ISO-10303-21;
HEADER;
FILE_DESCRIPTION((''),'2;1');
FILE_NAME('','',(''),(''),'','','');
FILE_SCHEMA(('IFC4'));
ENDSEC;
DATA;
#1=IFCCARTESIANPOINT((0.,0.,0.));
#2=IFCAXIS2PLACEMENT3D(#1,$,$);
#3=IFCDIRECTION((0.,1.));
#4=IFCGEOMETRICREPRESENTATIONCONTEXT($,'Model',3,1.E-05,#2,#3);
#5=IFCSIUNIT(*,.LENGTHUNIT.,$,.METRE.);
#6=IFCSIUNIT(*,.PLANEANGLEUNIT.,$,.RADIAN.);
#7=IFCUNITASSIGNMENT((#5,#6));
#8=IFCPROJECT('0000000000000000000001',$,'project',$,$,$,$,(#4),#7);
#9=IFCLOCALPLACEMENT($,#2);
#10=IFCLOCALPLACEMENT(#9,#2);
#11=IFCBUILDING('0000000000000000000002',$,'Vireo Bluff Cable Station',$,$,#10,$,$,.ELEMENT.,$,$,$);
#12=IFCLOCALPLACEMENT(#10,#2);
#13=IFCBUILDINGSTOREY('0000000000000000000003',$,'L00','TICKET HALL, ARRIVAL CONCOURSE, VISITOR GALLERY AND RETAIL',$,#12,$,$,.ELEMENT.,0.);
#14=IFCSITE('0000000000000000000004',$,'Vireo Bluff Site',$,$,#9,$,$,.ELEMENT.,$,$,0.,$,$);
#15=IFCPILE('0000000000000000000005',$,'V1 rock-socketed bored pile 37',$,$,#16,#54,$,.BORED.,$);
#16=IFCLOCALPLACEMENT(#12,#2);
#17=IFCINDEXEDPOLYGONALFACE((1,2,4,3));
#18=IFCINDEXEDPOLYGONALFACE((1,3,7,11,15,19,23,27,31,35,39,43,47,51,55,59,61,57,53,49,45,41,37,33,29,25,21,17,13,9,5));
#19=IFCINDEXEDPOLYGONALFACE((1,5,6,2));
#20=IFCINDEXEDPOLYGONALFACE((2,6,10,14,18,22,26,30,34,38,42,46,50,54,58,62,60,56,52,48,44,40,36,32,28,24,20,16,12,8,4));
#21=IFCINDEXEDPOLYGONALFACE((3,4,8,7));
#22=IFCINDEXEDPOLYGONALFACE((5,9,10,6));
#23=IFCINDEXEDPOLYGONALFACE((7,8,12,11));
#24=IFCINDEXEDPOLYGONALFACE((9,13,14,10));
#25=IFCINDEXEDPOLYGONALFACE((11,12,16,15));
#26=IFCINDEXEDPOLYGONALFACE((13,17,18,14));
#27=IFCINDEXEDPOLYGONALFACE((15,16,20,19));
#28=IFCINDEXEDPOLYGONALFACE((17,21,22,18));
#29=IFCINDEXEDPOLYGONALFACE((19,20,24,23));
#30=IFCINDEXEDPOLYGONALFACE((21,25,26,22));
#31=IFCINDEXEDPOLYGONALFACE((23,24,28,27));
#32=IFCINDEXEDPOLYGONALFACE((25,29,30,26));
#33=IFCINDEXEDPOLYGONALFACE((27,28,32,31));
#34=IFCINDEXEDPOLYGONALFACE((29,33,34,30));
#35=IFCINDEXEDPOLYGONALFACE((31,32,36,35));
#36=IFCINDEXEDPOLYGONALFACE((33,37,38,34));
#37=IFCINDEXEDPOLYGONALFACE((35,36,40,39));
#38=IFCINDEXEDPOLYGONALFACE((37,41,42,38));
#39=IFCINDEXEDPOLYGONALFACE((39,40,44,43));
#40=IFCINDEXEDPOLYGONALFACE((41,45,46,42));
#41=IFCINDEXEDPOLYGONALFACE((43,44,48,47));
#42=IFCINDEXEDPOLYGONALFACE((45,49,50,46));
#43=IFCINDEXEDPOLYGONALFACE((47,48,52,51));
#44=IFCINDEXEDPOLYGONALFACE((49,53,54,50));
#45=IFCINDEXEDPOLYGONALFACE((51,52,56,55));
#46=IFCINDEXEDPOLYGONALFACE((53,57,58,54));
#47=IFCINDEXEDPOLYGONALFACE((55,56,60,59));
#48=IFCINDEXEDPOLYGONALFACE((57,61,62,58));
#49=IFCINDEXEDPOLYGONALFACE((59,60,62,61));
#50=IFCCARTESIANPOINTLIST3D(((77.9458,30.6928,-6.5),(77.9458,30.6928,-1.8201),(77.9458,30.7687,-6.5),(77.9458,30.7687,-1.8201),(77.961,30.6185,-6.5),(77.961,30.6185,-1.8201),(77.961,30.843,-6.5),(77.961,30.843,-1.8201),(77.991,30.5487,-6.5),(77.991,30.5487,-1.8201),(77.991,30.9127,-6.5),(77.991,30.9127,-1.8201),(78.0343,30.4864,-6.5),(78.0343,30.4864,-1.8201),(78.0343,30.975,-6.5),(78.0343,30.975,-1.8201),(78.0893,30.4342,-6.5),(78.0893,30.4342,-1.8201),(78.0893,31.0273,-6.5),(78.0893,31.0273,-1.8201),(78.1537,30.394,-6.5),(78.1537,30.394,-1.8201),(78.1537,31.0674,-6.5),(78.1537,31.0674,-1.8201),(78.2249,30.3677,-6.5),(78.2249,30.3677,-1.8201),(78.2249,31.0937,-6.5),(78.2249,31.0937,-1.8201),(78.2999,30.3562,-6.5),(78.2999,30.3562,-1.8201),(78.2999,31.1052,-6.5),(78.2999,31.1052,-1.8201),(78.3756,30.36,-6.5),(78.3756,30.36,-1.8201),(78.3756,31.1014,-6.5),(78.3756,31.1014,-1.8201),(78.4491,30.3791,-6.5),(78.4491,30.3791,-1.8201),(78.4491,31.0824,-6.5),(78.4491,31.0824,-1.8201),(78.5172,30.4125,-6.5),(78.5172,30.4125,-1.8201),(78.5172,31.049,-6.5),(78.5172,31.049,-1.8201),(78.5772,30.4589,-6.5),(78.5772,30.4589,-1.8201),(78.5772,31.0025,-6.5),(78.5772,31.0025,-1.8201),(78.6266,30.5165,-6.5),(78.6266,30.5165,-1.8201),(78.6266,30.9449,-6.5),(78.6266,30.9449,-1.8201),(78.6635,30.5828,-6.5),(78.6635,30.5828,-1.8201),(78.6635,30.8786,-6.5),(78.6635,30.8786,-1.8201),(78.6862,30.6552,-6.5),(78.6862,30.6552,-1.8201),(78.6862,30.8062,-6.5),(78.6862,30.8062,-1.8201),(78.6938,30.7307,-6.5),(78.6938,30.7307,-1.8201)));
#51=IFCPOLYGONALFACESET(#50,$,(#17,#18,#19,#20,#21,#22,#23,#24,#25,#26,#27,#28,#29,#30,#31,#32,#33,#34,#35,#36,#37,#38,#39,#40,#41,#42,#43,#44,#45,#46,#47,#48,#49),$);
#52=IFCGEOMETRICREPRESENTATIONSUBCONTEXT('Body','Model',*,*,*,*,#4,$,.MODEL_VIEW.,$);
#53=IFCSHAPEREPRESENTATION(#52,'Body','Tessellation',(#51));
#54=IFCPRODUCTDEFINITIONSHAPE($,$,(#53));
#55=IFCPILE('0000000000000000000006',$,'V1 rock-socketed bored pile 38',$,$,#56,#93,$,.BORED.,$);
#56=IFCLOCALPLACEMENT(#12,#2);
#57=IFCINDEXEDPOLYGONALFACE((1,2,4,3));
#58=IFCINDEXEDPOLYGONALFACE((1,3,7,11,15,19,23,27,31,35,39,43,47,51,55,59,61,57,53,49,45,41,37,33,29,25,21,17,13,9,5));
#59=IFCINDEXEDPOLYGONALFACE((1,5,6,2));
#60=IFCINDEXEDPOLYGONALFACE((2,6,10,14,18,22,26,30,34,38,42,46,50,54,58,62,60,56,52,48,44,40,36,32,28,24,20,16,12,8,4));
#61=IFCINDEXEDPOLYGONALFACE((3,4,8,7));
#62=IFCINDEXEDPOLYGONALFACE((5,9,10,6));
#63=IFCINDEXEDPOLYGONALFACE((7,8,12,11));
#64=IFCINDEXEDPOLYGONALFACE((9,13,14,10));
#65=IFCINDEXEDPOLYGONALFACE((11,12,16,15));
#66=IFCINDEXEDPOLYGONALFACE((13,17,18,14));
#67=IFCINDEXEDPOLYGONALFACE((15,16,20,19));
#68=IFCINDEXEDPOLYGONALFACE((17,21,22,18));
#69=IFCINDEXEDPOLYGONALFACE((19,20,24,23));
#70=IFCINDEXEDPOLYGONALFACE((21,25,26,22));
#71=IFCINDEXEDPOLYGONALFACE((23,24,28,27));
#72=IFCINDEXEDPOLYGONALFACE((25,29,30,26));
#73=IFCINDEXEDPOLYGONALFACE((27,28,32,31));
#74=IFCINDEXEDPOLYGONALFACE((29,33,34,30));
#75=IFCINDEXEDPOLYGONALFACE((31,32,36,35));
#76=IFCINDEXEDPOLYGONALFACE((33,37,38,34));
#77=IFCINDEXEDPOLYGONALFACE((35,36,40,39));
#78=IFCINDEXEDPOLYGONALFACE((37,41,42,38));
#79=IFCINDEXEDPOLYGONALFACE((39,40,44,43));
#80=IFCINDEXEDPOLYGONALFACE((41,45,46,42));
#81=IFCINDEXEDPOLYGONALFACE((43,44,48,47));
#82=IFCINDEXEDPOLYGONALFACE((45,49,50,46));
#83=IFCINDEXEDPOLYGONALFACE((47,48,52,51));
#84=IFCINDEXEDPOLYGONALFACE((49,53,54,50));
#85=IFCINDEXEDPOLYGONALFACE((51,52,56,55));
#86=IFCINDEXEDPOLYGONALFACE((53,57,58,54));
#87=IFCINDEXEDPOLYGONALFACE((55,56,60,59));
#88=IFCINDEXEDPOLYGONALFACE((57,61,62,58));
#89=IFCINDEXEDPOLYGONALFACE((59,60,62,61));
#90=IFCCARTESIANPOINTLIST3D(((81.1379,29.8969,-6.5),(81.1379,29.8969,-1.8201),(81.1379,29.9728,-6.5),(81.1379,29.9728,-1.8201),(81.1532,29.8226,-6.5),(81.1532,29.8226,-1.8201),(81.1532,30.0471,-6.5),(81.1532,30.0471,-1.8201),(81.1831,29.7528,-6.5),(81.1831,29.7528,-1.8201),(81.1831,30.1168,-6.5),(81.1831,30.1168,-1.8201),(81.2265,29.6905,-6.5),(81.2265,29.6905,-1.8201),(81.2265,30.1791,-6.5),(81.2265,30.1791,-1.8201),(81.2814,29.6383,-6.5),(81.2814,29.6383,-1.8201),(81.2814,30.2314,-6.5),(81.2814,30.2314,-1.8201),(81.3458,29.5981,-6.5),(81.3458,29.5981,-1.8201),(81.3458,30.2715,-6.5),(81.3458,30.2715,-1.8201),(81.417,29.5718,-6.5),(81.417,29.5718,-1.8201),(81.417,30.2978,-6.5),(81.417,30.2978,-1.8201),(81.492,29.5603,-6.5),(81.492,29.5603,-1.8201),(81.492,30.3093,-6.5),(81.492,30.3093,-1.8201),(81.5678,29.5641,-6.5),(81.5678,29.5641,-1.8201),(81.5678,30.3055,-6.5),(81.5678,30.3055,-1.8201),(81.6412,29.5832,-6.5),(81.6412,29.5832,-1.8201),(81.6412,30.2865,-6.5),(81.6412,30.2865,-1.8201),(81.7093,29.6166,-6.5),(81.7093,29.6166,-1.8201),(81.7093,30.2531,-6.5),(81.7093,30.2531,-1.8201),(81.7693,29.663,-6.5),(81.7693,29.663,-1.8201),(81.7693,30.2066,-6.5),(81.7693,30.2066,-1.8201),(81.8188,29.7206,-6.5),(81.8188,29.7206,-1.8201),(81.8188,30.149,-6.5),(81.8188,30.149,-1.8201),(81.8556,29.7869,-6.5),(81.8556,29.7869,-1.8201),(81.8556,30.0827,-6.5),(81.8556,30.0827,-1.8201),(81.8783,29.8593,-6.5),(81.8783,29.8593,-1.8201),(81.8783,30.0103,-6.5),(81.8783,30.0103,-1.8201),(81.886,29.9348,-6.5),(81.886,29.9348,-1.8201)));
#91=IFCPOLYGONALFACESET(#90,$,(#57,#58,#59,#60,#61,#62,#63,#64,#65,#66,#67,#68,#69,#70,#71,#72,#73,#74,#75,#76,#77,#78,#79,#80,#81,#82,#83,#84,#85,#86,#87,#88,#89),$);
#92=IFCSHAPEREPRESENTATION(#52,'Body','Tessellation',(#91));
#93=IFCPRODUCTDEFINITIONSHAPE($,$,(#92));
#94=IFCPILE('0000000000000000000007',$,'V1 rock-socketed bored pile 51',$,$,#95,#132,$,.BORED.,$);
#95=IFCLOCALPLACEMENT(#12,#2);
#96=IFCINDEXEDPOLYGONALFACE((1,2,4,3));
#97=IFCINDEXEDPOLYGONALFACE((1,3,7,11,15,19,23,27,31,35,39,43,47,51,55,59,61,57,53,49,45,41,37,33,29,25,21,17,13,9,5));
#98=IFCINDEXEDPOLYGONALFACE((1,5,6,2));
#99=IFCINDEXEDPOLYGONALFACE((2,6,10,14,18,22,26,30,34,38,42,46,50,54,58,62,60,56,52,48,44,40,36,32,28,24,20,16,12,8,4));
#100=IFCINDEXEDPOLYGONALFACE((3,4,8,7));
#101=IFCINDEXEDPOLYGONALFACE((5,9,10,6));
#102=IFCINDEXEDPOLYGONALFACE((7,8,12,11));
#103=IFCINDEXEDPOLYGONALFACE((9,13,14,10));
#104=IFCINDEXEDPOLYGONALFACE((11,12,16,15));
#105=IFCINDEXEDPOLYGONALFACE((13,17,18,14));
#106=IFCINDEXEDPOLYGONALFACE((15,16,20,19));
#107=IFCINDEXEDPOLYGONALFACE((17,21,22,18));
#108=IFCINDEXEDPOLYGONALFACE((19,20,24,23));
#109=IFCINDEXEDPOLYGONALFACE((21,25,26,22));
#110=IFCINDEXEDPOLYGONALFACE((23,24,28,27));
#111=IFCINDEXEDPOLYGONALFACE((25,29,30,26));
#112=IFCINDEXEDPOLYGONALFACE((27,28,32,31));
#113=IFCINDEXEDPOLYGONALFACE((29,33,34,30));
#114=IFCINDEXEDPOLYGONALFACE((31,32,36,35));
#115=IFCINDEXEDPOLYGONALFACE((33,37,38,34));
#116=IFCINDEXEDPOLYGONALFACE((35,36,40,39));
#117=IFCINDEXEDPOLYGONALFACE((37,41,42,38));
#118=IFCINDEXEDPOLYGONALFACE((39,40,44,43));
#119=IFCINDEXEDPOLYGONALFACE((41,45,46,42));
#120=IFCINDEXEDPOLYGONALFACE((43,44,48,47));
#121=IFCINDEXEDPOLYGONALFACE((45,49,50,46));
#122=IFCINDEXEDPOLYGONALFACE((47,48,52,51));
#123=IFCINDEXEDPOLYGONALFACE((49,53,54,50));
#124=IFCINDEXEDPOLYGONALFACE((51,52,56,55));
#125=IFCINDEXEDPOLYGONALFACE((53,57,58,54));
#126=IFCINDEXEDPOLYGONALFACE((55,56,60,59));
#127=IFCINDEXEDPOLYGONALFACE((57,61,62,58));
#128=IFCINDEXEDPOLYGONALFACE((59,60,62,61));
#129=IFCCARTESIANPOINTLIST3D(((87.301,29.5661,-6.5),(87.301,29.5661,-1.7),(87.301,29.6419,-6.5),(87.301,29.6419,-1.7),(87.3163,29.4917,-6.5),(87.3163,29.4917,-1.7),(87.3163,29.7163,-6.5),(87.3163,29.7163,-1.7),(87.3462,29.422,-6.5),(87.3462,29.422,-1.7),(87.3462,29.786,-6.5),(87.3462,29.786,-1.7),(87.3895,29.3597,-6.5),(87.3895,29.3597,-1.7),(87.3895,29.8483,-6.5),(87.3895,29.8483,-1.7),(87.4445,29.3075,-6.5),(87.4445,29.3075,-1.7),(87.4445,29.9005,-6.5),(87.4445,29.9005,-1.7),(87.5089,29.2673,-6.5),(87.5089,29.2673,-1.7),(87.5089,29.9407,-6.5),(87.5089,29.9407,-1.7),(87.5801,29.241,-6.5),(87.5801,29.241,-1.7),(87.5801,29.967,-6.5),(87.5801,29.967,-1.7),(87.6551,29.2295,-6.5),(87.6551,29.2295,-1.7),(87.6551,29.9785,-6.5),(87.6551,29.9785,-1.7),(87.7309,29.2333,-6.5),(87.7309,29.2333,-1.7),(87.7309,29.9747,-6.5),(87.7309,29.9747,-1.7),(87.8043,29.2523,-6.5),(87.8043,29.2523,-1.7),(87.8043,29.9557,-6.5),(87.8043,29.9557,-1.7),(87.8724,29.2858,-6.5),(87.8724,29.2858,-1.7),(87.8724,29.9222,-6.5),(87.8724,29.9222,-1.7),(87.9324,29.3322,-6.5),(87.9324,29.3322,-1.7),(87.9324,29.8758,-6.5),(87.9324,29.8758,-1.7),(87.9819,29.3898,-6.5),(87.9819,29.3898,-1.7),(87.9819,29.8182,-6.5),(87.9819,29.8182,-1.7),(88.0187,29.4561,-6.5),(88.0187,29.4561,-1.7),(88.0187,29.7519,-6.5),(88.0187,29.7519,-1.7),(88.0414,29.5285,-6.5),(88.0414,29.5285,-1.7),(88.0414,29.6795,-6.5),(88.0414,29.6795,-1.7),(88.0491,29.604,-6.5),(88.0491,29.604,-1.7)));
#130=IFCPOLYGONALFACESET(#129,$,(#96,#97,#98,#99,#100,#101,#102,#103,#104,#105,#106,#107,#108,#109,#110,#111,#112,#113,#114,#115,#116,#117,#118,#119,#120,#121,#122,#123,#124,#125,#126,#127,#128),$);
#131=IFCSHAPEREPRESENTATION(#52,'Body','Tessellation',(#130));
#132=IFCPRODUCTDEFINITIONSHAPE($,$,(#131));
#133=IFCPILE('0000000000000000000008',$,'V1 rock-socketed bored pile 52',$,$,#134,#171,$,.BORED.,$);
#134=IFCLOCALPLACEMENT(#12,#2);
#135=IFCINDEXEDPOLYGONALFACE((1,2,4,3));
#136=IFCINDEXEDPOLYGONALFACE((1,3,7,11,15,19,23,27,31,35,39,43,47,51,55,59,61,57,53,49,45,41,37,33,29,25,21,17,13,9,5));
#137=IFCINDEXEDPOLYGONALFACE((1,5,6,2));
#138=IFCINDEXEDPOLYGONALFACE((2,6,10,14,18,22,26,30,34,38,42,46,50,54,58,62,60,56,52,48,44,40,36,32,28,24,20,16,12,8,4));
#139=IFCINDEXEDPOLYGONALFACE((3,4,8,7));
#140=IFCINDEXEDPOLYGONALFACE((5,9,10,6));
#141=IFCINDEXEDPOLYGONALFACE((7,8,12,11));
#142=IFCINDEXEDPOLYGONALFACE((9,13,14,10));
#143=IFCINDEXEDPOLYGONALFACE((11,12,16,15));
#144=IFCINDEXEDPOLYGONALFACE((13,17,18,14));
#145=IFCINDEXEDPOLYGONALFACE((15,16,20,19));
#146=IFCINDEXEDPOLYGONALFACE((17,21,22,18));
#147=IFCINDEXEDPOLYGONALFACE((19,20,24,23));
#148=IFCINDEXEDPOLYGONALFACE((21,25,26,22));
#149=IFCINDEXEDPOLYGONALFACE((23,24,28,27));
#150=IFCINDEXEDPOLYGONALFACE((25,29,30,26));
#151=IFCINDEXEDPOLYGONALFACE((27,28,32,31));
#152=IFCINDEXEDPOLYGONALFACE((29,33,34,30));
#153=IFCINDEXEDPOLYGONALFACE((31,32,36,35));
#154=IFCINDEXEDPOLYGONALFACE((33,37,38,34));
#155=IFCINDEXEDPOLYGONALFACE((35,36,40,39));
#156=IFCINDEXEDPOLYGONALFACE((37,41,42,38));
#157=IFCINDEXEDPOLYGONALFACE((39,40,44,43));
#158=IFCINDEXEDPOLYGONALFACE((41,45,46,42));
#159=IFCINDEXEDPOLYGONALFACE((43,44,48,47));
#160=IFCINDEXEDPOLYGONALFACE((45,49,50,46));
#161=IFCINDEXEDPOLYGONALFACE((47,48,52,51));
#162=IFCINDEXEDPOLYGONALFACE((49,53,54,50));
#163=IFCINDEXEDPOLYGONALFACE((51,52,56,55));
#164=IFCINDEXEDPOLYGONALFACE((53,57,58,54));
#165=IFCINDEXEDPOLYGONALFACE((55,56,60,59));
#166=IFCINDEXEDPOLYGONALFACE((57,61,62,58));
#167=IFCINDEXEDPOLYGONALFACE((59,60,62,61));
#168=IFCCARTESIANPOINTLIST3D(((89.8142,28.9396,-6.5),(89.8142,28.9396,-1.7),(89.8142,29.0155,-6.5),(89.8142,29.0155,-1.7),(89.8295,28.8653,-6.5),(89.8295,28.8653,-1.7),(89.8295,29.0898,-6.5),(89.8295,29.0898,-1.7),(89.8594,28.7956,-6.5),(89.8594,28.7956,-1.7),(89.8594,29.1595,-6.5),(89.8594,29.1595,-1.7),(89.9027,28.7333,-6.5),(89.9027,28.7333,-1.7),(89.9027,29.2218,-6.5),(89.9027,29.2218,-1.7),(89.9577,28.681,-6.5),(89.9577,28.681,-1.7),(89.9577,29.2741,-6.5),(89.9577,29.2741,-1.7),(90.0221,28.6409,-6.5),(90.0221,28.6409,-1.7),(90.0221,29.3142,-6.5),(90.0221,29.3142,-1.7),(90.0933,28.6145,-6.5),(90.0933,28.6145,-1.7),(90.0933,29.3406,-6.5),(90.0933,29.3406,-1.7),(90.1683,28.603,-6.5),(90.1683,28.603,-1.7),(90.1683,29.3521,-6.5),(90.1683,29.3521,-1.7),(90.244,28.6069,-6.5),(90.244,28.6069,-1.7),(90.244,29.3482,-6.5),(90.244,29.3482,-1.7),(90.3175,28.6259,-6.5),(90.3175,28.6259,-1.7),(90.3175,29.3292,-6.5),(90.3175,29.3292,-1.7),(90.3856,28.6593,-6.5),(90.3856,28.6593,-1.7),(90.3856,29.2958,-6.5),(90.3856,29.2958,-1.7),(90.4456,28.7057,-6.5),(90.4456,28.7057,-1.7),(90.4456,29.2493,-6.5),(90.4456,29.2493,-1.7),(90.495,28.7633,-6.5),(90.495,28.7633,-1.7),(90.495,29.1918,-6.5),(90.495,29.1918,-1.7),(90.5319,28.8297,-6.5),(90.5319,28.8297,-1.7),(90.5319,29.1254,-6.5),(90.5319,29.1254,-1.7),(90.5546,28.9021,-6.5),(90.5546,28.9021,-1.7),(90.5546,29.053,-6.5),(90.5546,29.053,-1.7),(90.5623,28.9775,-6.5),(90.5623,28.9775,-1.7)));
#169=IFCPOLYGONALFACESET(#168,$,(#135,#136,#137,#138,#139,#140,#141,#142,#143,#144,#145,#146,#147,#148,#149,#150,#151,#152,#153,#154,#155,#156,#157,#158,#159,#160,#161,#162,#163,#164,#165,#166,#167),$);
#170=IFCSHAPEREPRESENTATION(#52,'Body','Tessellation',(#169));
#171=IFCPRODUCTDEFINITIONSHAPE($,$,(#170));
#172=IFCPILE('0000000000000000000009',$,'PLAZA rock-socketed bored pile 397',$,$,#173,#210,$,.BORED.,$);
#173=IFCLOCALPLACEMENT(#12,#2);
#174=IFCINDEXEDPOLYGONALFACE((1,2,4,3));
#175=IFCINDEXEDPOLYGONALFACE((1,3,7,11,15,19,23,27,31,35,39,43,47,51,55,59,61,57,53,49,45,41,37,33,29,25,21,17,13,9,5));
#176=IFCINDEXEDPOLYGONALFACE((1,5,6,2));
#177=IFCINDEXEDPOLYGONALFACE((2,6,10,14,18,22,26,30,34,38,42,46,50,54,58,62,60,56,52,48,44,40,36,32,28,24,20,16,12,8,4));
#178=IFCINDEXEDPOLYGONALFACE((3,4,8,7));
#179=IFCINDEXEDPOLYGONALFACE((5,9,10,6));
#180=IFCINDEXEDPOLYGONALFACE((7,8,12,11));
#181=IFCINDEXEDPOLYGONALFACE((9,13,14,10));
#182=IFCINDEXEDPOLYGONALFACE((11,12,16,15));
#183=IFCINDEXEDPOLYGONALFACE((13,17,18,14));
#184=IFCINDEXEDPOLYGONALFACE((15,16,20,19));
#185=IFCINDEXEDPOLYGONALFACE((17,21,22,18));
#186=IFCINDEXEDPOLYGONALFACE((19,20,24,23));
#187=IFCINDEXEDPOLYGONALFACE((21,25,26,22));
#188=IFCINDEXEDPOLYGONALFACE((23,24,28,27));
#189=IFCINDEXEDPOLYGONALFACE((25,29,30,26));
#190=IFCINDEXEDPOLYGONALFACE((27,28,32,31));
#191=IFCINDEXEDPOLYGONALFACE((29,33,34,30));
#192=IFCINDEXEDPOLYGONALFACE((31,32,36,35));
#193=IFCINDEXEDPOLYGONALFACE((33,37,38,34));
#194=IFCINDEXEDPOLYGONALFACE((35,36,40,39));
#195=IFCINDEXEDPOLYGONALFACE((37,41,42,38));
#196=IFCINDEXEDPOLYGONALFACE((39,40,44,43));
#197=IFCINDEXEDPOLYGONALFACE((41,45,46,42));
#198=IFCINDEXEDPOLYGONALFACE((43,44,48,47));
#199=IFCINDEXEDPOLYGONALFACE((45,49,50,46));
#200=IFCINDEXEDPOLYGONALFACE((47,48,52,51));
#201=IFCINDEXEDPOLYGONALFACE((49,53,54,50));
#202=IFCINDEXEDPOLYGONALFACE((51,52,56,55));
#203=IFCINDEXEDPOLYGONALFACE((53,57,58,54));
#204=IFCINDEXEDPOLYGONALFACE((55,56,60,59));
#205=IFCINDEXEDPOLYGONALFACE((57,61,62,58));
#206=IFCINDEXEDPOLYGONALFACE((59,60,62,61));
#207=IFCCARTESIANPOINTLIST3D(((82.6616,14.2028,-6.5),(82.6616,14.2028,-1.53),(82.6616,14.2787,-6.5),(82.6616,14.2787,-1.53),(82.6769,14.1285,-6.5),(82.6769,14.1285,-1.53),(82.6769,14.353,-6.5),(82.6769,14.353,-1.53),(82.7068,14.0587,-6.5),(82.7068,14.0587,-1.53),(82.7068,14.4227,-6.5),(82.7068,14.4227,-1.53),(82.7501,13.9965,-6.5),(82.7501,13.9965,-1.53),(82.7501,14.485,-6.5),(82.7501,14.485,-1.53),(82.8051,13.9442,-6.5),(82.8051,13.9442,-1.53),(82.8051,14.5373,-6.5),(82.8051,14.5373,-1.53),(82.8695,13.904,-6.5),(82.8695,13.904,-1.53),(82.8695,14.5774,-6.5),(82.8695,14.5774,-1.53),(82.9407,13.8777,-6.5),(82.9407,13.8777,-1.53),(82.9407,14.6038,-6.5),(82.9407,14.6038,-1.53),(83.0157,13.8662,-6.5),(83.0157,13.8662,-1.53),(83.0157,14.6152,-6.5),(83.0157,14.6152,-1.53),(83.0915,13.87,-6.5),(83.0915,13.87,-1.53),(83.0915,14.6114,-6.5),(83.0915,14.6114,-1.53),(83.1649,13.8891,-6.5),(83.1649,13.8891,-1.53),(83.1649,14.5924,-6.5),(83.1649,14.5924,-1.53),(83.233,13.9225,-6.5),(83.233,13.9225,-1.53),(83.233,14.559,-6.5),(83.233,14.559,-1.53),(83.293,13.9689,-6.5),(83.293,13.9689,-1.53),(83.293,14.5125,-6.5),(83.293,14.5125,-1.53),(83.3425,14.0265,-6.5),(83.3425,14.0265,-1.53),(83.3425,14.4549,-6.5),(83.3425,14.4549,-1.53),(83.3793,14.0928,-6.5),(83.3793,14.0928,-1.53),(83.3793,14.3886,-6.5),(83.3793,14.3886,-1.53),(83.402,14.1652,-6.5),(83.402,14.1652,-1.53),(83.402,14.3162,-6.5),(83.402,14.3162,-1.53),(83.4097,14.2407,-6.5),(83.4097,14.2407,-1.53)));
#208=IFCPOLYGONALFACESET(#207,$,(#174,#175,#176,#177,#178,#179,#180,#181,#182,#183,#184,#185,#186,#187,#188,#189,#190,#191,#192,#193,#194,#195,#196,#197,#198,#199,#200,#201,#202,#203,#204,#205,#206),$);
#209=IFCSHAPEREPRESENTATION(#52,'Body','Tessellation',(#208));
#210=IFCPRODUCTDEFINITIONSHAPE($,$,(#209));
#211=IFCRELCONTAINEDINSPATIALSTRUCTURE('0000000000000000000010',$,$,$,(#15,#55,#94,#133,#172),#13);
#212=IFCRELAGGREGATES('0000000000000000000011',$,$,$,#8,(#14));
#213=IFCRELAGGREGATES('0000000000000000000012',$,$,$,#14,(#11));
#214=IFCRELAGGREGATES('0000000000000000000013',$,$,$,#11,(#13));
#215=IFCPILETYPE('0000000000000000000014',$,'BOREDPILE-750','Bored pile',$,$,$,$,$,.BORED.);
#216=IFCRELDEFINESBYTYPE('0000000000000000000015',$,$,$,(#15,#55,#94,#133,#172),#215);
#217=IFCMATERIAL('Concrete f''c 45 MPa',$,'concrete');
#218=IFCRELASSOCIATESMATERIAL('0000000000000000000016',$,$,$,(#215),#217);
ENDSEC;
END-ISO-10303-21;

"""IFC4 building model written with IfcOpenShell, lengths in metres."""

from ifc_helpers import new_model, si_unit, direction, frame, origin, origin_2d, place, context, subcontext, project, spatial, circle, extrude, material, material_profile, profile_set, type_object, element, save


model = new_model("IFC4")

# Units and contexts
model_context = context("Model", 3, precision=1e-05, world=origin(), true_north=direction((0.0, 1.0)))
body_context = subcontext(model_context, "Body", "Model", "MODEL_VIEW")
ifc_project = project(units=[si_unit("LENGTHUNIT", "METRE"), si_unit("PLANEANGLEUNIT", "RADIAN")], contexts=[model_context])

# Site, building, storey
site_placement = place(None, origin())
site = spatial("IfcSite", under=ifc_project, at=site_placement, Name="Vireo Bluff Site", CompositionType="ELEMENT", RefElevation=0.0)
building_placement = place(site_placement, origin())
building = spatial("IfcBuilding", under=site, at=building_placement, Name="Vireo Bluff Cable Station", CompositionType="ELEMENT")
storey_placement = place(building_placement, origin())
storey = spatial("IfcBuildingStorey", under=building, at=storey_placement, Name="L00", Description="TICKET HALL, ARRIVAL CONCOURSE, VISITOR GALLERY AND RETAIL", CompositionType="ELEMENT", Elevation=0.0)

# Piles
ifc_material_1 = material(Name="Concrete f'c 45 MPa", Category="concrete")
ifc_material_profile_1 = material_profile(ifc_material_1, circle(Radius=0.375, at=origin_2d()), Name="BOREDPILE-750")
ifc_profile_set_1 = profile_set([ifc_material_profile_1], Name="Concrete f'c 45 MPa")
pile_type_1 = type_object("IfcPileType", Name="BOREDPILE-750", Description="Bored pile", PredefinedType="BORED", material=ifc_profile_set_1)
for number, where, z_axis, x_axis, name in (
    (1, (78.3188, 30.7307, -1.8201), (0.0, 0.0, -1.0), (1.0, 0.0, 0.0), "V1 rock-socketed bored pile 37"),
    (2, (81.511, 29.9348, -1.8201), (0.0, 0.0, -1.0), (1.0, 0.0, 0.0), "V1 rock-socketed bored pile 38"),
):
    element("IfcPile", number, at=place(storey_placement, frame(where, z_axis=z_axis, x_axis=x_axis)), inside=storey, type_object=pile_type_1, Name=name, PredefinedType="BORED", context=body_context, shape_type="SweptSolid", body=[
        extrude(circle(Radius=0.375, at=origin_2d()), origin(), (0.0, 0.0, 1.0), 4.6799),
    ])
for number, where, z_axis, x_axis, name in (
    (3, (87.6741, 29.604, -1.7), (0.0, 0.0, -1.0), (1.0, 0.0, 0.0), "V1 rock-socketed bored pile 51"),
    (4, (90.1873, 28.9775, -1.7), (0.0, 0.0, -1.0), (1.0, 0.0, 0.0), "V1 rock-socketed bored pile 52"),
):
    element("IfcPile", number, at=place(storey_placement, frame(where, z_axis=z_axis, x_axis=x_axis)), inside=storey, type_object=pile_type_1, Name=name, PredefinedType="BORED", context=body_context, shape_type="SweptSolid", body=[
        extrude(circle(Radius=0.375, at=origin_2d()), origin(), (0.0, 0.0, 1.0), 4.8),
    ])
for number, where, z_axis, x_axis, name in (
    (5, (83.0347, 14.2407, -1.53), (0.0, 0.0, -1.0), (1.0, 0.0, 0.0), "PLAZA rock-socketed bored pile 397"),
):
    element("IfcPile", number, at=place(storey_placement, frame(where, z_axis=z_axis, x_axis=x_axis)), inside=storey, type_object=pile_type_1, Name=name, PredefinedType="BORED", context=body_context, shape_type="SweptSolid", body=[
        extrude(circle(Radius=0.375, at=origin_2d()), origin(), (0.0, 0.0, 1.0), 4.97),
    ])

save(model, "model.ifc")
